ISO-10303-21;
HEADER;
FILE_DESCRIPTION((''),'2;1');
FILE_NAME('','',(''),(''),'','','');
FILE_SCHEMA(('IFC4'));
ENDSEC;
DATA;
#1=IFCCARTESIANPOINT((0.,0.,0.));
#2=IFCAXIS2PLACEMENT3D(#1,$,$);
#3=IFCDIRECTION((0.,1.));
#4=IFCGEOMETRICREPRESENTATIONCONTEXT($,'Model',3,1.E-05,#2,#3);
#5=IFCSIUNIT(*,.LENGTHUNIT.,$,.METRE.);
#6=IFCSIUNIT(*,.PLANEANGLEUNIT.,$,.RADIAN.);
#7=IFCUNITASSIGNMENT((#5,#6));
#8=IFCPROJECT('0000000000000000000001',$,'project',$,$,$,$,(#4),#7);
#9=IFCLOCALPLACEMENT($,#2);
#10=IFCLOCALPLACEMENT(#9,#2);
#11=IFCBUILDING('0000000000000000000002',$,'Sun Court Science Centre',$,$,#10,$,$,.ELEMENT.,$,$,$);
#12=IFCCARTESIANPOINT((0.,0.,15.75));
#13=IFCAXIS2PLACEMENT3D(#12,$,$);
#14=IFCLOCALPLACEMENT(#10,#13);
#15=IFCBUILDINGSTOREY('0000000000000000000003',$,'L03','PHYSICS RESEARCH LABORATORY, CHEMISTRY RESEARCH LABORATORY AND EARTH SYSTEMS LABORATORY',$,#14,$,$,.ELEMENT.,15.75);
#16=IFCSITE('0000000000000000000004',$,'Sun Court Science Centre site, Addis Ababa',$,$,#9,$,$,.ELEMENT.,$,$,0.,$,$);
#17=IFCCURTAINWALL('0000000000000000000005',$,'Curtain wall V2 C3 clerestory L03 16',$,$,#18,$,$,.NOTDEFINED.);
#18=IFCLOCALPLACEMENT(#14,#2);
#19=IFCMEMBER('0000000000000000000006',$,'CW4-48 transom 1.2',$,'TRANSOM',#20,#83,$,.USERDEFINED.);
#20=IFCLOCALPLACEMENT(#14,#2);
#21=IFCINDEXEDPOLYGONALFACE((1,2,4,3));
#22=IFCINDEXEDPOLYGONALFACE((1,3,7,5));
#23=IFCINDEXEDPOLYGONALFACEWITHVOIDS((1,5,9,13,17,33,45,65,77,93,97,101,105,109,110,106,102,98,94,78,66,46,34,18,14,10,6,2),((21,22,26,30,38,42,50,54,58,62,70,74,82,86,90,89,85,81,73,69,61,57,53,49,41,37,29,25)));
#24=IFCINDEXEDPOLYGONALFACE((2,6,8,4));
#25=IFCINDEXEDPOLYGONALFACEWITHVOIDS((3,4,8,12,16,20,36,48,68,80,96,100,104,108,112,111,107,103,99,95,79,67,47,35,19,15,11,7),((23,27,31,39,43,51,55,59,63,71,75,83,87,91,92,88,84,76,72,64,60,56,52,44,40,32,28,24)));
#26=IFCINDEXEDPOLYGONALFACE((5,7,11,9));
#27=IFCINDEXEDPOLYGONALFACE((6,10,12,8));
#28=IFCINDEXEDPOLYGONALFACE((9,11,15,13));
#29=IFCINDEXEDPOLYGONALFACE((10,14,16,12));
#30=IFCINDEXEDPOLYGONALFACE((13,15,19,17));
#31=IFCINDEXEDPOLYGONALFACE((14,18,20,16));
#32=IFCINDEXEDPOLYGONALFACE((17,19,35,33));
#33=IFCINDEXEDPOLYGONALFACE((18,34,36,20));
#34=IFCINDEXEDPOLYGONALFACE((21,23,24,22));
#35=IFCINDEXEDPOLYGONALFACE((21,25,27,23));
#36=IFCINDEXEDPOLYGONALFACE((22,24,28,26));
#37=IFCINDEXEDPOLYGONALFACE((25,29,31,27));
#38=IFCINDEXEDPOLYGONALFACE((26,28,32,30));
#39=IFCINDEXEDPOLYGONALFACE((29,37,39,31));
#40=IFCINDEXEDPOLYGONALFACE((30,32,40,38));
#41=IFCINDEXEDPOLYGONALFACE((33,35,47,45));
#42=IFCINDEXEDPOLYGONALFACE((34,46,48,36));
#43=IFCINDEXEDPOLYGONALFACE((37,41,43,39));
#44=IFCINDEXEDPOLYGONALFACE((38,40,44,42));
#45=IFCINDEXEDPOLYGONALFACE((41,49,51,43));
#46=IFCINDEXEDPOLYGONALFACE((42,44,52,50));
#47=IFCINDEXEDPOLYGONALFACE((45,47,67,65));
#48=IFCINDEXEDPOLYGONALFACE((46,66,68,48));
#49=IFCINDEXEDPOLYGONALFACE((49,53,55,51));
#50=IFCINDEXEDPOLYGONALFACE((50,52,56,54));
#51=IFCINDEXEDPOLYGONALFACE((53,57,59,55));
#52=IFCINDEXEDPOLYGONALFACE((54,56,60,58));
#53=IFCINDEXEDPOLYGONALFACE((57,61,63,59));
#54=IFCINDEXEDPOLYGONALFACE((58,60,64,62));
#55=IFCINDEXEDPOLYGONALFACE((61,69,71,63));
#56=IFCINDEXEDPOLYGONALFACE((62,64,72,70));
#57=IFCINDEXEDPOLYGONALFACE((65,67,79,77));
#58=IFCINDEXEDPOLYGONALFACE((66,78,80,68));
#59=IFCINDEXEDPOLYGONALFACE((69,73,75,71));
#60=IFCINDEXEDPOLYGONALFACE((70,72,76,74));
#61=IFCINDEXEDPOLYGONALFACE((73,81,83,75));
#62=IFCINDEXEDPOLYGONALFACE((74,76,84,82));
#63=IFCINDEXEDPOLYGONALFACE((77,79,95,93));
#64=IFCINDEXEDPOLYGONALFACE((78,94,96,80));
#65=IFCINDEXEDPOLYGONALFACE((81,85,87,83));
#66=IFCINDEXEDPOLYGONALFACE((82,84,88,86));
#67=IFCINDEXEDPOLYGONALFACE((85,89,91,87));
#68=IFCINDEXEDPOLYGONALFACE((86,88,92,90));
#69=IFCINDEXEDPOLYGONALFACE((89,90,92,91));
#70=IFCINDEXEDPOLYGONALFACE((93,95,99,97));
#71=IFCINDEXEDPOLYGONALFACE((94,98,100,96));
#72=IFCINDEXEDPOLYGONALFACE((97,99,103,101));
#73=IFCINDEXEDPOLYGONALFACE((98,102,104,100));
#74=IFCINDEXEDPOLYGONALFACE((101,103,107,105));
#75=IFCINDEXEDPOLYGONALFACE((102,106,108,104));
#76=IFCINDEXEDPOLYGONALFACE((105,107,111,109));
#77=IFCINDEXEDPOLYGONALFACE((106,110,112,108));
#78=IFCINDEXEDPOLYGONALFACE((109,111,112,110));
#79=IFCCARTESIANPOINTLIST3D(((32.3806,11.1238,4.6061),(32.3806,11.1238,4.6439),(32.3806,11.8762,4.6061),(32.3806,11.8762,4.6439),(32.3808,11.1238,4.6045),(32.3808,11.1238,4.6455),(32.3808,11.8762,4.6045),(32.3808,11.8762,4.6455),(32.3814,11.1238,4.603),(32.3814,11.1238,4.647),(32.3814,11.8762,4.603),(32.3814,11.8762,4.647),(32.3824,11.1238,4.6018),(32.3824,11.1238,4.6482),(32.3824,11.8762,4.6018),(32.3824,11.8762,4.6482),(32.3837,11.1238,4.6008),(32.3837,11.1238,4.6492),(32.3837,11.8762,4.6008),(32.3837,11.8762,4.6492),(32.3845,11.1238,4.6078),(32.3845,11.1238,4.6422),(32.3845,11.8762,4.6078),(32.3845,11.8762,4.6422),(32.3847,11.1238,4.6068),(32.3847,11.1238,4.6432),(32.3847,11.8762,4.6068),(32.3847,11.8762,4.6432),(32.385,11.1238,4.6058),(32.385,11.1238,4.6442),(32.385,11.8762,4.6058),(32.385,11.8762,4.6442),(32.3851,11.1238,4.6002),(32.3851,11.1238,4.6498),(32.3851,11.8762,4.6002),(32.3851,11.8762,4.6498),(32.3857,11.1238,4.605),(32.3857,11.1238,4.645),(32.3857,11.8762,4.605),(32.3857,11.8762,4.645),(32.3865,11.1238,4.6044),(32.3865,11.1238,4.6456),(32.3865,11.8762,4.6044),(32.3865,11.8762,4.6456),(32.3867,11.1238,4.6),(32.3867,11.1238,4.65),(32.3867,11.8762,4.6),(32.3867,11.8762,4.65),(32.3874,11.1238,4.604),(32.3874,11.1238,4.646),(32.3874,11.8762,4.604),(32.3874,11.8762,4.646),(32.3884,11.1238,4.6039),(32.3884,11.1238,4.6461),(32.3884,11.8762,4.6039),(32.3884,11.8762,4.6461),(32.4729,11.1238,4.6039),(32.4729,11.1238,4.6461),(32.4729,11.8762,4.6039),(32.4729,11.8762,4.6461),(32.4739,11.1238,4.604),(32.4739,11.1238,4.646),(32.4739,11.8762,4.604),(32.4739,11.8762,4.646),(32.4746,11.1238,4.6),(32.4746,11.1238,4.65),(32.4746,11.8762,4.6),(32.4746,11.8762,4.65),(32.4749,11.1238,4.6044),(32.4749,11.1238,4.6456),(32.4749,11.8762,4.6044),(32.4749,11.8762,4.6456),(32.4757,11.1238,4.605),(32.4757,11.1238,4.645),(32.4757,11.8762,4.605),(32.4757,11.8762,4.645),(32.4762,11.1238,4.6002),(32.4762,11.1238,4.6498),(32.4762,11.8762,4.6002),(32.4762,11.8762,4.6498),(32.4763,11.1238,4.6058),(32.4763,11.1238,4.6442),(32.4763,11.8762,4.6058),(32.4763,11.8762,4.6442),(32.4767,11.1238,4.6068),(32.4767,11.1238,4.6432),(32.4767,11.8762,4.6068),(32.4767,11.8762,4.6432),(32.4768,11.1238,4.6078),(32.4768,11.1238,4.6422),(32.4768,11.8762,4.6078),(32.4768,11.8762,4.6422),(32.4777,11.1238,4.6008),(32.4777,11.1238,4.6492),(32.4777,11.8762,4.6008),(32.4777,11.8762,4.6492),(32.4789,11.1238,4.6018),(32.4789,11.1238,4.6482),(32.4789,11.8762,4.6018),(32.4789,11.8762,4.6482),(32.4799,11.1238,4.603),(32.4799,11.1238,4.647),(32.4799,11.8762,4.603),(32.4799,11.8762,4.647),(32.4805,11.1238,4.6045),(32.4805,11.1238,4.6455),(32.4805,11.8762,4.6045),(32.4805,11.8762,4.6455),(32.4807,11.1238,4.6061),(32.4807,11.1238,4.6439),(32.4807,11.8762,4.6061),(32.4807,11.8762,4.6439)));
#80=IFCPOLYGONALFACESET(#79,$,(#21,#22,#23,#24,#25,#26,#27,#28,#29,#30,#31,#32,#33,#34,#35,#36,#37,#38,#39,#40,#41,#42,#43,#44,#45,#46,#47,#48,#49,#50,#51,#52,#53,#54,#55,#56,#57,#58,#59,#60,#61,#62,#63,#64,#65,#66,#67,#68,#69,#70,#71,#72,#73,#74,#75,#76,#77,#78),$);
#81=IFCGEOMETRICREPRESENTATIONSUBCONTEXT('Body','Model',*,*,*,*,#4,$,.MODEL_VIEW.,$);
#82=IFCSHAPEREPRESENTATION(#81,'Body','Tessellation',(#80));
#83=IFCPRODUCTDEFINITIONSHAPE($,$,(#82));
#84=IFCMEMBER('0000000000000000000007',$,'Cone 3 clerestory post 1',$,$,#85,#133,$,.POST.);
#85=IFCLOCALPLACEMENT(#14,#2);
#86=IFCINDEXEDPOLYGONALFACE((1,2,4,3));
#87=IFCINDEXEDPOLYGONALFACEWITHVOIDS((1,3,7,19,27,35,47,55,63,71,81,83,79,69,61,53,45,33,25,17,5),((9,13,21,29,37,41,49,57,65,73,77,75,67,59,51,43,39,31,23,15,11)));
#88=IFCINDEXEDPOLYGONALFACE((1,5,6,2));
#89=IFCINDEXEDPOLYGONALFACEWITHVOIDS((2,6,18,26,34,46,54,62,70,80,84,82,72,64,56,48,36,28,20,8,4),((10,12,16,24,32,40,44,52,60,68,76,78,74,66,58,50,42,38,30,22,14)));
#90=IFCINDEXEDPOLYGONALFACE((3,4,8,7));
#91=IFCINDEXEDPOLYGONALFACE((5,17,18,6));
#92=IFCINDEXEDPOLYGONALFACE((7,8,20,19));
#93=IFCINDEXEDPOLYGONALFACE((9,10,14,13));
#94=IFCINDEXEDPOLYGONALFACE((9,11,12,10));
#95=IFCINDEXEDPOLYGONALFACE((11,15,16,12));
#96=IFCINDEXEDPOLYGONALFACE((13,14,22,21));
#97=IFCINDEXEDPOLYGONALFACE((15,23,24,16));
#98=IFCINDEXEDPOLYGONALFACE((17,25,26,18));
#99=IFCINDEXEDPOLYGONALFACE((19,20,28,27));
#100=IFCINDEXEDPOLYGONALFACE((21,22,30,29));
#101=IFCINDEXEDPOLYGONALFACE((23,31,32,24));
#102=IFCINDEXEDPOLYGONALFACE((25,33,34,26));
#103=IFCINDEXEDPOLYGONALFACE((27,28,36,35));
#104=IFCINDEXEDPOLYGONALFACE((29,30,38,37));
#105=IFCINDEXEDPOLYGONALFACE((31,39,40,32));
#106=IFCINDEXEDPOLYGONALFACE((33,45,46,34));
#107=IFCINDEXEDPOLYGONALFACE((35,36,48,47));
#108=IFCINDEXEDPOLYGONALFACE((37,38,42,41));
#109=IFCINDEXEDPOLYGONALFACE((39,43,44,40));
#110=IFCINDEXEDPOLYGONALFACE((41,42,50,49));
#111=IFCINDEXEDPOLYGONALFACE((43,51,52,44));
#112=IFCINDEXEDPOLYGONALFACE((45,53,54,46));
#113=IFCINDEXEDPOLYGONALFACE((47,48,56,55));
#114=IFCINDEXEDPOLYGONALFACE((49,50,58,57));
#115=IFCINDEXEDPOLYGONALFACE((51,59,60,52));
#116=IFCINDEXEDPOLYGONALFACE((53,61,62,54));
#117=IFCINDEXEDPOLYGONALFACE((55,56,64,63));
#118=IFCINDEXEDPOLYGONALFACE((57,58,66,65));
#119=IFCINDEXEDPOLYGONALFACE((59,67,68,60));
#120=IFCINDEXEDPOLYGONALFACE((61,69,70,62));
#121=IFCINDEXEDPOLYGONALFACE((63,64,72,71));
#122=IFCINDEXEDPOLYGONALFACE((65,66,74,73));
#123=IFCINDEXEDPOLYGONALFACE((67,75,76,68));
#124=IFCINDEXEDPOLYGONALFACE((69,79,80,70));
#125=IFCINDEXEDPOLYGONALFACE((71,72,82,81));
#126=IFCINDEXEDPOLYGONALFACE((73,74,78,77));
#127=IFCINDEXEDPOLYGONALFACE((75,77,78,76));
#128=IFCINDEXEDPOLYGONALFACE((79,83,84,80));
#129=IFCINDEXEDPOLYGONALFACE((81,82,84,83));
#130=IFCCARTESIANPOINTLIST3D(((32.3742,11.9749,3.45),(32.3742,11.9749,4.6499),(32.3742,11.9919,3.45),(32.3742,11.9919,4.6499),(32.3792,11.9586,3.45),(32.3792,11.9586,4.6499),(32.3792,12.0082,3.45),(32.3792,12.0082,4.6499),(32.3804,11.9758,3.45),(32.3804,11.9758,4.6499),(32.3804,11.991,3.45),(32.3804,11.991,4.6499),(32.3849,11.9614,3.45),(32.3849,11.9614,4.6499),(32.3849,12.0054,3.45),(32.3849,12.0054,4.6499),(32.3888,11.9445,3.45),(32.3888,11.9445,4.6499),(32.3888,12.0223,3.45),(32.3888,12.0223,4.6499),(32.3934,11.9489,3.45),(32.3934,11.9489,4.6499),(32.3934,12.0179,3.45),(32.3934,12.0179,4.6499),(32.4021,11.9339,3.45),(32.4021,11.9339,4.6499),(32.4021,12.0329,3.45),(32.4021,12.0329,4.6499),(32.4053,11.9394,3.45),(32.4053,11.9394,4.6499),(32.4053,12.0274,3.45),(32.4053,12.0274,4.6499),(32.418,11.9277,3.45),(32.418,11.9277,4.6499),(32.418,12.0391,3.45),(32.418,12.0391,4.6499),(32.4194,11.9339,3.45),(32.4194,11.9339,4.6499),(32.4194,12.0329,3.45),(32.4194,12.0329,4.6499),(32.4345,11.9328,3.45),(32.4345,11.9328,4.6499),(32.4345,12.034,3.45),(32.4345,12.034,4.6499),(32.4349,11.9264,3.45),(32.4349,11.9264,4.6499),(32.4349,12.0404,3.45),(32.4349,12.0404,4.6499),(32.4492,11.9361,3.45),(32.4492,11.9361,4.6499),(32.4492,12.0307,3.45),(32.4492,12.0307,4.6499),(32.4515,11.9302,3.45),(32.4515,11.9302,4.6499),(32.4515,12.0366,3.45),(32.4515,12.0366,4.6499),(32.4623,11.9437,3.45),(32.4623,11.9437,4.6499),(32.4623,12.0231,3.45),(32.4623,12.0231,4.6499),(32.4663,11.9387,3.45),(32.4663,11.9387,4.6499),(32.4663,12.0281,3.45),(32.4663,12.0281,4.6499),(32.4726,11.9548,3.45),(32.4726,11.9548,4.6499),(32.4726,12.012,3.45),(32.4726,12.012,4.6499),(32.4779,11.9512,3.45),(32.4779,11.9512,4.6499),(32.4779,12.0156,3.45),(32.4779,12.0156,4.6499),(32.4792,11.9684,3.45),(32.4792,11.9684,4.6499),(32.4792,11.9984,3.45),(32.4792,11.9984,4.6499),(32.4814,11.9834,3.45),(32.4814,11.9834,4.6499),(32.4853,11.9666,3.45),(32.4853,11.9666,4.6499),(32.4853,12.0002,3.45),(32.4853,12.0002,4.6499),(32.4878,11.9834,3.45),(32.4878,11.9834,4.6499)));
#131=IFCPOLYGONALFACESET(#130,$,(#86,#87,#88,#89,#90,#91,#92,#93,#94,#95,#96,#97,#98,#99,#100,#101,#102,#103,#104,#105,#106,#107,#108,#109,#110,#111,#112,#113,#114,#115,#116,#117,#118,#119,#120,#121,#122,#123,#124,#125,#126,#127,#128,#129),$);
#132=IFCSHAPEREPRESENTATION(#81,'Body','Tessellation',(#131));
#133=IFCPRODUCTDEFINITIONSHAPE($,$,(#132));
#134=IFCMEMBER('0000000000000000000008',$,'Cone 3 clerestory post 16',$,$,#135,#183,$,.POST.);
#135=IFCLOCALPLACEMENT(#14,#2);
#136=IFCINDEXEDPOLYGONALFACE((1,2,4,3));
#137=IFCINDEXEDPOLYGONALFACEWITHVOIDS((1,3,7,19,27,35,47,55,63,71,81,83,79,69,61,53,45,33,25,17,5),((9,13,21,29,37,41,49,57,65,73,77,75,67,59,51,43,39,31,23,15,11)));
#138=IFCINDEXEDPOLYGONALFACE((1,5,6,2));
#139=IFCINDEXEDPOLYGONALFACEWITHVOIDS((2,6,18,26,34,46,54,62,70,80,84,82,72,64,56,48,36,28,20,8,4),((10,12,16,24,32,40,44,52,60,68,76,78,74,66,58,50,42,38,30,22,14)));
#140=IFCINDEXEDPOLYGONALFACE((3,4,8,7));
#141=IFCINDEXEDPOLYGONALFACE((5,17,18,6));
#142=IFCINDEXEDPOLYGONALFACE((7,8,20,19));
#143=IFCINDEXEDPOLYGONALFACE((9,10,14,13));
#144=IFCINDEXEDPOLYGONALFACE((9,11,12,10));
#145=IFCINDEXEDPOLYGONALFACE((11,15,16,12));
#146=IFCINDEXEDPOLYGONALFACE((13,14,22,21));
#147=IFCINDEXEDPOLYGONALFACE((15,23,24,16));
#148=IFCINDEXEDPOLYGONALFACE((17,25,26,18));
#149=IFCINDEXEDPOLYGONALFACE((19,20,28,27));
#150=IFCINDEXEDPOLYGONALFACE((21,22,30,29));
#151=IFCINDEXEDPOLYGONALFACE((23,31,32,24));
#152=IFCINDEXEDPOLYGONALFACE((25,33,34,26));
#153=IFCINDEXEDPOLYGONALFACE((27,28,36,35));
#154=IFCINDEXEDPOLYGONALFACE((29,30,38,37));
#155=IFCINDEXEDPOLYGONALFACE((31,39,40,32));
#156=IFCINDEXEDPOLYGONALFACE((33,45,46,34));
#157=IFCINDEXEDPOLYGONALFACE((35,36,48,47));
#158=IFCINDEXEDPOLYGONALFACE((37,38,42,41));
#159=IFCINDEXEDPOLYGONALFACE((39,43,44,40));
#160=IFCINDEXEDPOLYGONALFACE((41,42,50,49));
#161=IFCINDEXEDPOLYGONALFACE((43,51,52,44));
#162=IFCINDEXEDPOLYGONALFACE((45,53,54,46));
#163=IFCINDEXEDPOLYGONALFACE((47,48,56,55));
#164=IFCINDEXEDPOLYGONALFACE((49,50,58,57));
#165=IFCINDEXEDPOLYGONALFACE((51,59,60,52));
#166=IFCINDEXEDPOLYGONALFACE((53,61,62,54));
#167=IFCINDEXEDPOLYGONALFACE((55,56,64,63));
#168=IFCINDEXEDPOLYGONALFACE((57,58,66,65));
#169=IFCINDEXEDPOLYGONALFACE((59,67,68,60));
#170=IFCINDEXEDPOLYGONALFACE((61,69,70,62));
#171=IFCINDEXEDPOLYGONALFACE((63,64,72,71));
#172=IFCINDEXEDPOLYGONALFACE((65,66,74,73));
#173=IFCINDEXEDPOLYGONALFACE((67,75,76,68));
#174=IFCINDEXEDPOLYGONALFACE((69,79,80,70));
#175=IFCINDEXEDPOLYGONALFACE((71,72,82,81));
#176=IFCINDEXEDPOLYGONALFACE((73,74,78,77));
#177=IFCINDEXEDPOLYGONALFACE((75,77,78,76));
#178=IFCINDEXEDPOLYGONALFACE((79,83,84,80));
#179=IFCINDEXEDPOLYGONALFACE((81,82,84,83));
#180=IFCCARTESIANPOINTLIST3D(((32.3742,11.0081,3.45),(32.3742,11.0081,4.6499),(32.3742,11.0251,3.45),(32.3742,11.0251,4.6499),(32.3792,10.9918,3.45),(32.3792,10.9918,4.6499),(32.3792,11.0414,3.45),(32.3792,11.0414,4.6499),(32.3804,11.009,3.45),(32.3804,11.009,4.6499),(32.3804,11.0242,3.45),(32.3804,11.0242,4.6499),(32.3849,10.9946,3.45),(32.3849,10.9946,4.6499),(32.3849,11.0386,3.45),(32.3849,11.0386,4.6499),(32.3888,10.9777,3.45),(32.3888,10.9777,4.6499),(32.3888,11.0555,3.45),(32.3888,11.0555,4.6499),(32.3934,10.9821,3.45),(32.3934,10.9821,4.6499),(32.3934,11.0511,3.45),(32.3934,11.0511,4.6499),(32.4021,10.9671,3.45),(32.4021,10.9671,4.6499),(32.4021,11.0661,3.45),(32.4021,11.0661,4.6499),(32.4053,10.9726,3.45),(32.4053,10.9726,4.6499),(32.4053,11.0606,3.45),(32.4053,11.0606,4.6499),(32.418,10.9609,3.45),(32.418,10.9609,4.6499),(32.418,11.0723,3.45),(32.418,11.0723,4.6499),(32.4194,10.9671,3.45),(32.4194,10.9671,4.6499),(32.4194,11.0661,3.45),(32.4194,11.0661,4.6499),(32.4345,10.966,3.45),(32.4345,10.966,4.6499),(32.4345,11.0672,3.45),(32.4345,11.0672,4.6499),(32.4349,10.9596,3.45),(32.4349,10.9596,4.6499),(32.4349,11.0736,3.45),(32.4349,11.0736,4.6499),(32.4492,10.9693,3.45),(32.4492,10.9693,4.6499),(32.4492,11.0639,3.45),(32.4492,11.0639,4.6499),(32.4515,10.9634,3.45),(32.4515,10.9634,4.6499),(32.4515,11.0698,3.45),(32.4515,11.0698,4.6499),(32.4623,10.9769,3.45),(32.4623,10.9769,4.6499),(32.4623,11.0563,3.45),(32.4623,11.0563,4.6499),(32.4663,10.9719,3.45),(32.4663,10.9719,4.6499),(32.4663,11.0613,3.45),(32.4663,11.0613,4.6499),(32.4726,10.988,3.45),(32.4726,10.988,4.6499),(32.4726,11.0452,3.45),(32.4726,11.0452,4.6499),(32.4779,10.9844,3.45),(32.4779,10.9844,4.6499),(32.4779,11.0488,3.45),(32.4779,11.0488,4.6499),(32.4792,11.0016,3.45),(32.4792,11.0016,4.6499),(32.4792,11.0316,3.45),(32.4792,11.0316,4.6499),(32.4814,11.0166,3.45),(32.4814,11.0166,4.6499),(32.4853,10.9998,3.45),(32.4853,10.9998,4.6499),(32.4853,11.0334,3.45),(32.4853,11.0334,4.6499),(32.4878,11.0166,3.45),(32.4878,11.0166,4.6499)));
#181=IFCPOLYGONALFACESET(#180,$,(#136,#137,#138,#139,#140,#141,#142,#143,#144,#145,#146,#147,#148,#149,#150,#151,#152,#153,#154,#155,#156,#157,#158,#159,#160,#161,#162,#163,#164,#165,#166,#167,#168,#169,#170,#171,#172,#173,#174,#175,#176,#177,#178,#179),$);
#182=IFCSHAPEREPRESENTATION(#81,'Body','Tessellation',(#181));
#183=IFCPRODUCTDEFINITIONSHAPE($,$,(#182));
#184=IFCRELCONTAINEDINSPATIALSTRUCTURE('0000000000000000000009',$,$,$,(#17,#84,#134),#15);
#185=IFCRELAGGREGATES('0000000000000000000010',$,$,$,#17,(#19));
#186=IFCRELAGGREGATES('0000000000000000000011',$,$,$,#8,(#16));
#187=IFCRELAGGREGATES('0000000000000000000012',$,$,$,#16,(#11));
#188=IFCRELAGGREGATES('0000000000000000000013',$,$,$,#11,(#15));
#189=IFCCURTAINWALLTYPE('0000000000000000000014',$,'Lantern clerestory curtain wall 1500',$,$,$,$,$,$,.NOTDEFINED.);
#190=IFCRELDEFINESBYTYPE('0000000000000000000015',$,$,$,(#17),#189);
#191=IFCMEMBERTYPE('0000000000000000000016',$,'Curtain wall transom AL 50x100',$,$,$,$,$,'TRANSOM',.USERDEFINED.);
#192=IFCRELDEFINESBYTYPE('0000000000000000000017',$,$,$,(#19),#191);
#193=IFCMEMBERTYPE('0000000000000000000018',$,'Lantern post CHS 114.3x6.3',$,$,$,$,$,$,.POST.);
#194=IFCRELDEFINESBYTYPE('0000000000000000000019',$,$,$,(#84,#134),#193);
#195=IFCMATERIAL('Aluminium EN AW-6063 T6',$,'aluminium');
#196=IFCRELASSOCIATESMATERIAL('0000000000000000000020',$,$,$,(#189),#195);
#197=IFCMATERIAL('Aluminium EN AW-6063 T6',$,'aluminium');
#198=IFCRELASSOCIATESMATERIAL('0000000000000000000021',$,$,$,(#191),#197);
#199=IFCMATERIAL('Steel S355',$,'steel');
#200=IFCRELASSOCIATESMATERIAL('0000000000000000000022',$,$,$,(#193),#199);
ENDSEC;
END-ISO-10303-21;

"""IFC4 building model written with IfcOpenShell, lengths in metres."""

from ifc_helpers import new_model, si_unit, direction, frame, origin, origin_2d, place, context, subcontext, project, spatial, hollow_rectangle, hollow_circle, extrude, material, material_profile, profile_set, type_object, element, aggregate, save


model = new_model("IFC4")

# Units and contexts
model_context = context("Model", 3, precision=1e-05, world=origin(), true_north=direction((0.0, 1.0)))
body_context = subcontext(model_context, "Body", "Model", "MODEL_VIEW")
ifc_project = project(units=[si_unit("LENGTHUNIT", "METRE"), si_unit("PLANEANGLEUNIT", "RADIAN")], contexts=[model_context])

# Site, building, storey
site_placement = place(None, origin())
site = spatial("IfcSite", under=ifc_project, at=site_placement, Name="Sun Court Science Centre site, Addis Ababa", CompositionType="ELEMENT", RefElevation=0.0)
building_placement = place(site_placement, origin())
building = spatial("IfcBuilding", under=site, at=building_placement, Name="Sun Court Science Centre", CompositionType="ELEMENT")
storey_placement = place(building_placement, frame((0.0, 0.0, 15.75)))
storey = spatial("IfcBuildingStorey", under=building, at=storey_placement, Name="L03", Description="PHYSICS RESEARCH LABORATORY, CHEMISTRY RESEARCH LABORATORY AND EARTH SYSTEMS LABORATORY", CompositionType="ELEMENT", Elevation=15.75)

# Shared definitions
ifc_material_1 = material(Name="Aluminium EN AW-6063 T6", Category="aluminium")
curtain_wall_type = type_object("IfcCurtainWallType", Name="Lantern clerestory curtain wall 1500", PredefinedType="NOTDEFINED", material=ifc_material_1)

# Curtain wall
curtain_wall_1_placement = place(storey_placement, origin())
curtain_wall_1 = element("IfcCurtainWall", 1, at=curtain_wall_1_placement, inside=storey, type_object=curtain_wall_type, Name="Curtain wall V2 C3 clerestory L03 16", PredefinedType="NOTDEFINED")

# Member
ifc_material_2 = material(Name="Aluminium EN AW-6063 T6", Category="aluminium")
ifc_material_profile_1 = material_profile(ifc_material_2, hollow_rectangle(XDim=0.05, YDim=0.1001, WallThickness=0.0039, InnerFilletRadius=0.0039, OuterFilletRadius=0.0061, at=origin_2d()), Name="AL 50x100x4")
ifc_profile_set_1 = profile_set([ifc_material_profile_1], Name="Aluminium EN AW-6063 T6")
member_type_1 = type_object("IfcMemberType", Name="Curtain wall transom AL 50x100", ElementType="TRANSOM", PredefinedType="USERDEFINED", material=ifc_profile_set_1)
member_1_placement = place(storey_placement, frame((32.4307, 11.8762, 4.625), z_axis=(0.0, -1.0, 0.0), x_axis=(0.0, 0.0, 1.0)))
member_1 = element("IfcMember", 2, at=member_1_placement, type_object=member_type_1, Name="CW4-48 transom 1.2", ObjectType="TRANSOM", PredefinedType="USERDEFINED", context=body_context, shape_type="SweptSolid", body=[
    extrude(hollow_rectangle(XDim=0.05, YDim=0.1001, WallThickness=0.0039, InnerFilletRadius=0.0039, OuterFilletRadius=0.0061, at=origin_2d()), origin(), (0.0, 0.0, 1.0), 0.7524),
])

# Members
ifc_material_3 = material(Name="Steel S355", Category="steel")
ifc_material_profile_2 = material_profile(ifc_material_3, hollow_circle(Radius=0.0571, WallThickness=0.0063, at=origin_2d()), Name="CHS 114.3x6.3")
ifc_profile_set_2 = profile_set([ifc_material_profile_2], Name="Steel S355")
member_type_2 = type_object("IfcMemberType", Name="Lantern post CHS 114.3x6.3", PredefinedType="POST", material=ifc_profile_set_2)
for number, where, z_axis, x_axis, name in (
    (3, (32.4307, 11.9834, 3.45), (0.0, 0.0, 1.0), (1.0, 0.0, 0.0), "Cone 3 clerestory post 1"),
    (4, (32.4307, 11.0166, 3.45), (0.0, 0.0, 1.0), (1.0, 0.0, 0.0), "Cone 3 clerestory post 16"),
):
    element("IfcMember", number, at=place(storey_placement, frame(where, z_axis=z_axis, x_axis=x_axis)), inside=storey, type_object=member_type_2, Name=name, PredefinedType="POST", context=body_context, shape_type="SweptSolid", body=[
        extrude(hollow_circle(Radius=0.0571, WallThickness=0.0063, at=origin_2d()), origin(), (0.0, 0.0, 1.0), 1.2),
    ])

aggregate(curtain_wall_1, [member_1])

save(model, "model.ifc")
